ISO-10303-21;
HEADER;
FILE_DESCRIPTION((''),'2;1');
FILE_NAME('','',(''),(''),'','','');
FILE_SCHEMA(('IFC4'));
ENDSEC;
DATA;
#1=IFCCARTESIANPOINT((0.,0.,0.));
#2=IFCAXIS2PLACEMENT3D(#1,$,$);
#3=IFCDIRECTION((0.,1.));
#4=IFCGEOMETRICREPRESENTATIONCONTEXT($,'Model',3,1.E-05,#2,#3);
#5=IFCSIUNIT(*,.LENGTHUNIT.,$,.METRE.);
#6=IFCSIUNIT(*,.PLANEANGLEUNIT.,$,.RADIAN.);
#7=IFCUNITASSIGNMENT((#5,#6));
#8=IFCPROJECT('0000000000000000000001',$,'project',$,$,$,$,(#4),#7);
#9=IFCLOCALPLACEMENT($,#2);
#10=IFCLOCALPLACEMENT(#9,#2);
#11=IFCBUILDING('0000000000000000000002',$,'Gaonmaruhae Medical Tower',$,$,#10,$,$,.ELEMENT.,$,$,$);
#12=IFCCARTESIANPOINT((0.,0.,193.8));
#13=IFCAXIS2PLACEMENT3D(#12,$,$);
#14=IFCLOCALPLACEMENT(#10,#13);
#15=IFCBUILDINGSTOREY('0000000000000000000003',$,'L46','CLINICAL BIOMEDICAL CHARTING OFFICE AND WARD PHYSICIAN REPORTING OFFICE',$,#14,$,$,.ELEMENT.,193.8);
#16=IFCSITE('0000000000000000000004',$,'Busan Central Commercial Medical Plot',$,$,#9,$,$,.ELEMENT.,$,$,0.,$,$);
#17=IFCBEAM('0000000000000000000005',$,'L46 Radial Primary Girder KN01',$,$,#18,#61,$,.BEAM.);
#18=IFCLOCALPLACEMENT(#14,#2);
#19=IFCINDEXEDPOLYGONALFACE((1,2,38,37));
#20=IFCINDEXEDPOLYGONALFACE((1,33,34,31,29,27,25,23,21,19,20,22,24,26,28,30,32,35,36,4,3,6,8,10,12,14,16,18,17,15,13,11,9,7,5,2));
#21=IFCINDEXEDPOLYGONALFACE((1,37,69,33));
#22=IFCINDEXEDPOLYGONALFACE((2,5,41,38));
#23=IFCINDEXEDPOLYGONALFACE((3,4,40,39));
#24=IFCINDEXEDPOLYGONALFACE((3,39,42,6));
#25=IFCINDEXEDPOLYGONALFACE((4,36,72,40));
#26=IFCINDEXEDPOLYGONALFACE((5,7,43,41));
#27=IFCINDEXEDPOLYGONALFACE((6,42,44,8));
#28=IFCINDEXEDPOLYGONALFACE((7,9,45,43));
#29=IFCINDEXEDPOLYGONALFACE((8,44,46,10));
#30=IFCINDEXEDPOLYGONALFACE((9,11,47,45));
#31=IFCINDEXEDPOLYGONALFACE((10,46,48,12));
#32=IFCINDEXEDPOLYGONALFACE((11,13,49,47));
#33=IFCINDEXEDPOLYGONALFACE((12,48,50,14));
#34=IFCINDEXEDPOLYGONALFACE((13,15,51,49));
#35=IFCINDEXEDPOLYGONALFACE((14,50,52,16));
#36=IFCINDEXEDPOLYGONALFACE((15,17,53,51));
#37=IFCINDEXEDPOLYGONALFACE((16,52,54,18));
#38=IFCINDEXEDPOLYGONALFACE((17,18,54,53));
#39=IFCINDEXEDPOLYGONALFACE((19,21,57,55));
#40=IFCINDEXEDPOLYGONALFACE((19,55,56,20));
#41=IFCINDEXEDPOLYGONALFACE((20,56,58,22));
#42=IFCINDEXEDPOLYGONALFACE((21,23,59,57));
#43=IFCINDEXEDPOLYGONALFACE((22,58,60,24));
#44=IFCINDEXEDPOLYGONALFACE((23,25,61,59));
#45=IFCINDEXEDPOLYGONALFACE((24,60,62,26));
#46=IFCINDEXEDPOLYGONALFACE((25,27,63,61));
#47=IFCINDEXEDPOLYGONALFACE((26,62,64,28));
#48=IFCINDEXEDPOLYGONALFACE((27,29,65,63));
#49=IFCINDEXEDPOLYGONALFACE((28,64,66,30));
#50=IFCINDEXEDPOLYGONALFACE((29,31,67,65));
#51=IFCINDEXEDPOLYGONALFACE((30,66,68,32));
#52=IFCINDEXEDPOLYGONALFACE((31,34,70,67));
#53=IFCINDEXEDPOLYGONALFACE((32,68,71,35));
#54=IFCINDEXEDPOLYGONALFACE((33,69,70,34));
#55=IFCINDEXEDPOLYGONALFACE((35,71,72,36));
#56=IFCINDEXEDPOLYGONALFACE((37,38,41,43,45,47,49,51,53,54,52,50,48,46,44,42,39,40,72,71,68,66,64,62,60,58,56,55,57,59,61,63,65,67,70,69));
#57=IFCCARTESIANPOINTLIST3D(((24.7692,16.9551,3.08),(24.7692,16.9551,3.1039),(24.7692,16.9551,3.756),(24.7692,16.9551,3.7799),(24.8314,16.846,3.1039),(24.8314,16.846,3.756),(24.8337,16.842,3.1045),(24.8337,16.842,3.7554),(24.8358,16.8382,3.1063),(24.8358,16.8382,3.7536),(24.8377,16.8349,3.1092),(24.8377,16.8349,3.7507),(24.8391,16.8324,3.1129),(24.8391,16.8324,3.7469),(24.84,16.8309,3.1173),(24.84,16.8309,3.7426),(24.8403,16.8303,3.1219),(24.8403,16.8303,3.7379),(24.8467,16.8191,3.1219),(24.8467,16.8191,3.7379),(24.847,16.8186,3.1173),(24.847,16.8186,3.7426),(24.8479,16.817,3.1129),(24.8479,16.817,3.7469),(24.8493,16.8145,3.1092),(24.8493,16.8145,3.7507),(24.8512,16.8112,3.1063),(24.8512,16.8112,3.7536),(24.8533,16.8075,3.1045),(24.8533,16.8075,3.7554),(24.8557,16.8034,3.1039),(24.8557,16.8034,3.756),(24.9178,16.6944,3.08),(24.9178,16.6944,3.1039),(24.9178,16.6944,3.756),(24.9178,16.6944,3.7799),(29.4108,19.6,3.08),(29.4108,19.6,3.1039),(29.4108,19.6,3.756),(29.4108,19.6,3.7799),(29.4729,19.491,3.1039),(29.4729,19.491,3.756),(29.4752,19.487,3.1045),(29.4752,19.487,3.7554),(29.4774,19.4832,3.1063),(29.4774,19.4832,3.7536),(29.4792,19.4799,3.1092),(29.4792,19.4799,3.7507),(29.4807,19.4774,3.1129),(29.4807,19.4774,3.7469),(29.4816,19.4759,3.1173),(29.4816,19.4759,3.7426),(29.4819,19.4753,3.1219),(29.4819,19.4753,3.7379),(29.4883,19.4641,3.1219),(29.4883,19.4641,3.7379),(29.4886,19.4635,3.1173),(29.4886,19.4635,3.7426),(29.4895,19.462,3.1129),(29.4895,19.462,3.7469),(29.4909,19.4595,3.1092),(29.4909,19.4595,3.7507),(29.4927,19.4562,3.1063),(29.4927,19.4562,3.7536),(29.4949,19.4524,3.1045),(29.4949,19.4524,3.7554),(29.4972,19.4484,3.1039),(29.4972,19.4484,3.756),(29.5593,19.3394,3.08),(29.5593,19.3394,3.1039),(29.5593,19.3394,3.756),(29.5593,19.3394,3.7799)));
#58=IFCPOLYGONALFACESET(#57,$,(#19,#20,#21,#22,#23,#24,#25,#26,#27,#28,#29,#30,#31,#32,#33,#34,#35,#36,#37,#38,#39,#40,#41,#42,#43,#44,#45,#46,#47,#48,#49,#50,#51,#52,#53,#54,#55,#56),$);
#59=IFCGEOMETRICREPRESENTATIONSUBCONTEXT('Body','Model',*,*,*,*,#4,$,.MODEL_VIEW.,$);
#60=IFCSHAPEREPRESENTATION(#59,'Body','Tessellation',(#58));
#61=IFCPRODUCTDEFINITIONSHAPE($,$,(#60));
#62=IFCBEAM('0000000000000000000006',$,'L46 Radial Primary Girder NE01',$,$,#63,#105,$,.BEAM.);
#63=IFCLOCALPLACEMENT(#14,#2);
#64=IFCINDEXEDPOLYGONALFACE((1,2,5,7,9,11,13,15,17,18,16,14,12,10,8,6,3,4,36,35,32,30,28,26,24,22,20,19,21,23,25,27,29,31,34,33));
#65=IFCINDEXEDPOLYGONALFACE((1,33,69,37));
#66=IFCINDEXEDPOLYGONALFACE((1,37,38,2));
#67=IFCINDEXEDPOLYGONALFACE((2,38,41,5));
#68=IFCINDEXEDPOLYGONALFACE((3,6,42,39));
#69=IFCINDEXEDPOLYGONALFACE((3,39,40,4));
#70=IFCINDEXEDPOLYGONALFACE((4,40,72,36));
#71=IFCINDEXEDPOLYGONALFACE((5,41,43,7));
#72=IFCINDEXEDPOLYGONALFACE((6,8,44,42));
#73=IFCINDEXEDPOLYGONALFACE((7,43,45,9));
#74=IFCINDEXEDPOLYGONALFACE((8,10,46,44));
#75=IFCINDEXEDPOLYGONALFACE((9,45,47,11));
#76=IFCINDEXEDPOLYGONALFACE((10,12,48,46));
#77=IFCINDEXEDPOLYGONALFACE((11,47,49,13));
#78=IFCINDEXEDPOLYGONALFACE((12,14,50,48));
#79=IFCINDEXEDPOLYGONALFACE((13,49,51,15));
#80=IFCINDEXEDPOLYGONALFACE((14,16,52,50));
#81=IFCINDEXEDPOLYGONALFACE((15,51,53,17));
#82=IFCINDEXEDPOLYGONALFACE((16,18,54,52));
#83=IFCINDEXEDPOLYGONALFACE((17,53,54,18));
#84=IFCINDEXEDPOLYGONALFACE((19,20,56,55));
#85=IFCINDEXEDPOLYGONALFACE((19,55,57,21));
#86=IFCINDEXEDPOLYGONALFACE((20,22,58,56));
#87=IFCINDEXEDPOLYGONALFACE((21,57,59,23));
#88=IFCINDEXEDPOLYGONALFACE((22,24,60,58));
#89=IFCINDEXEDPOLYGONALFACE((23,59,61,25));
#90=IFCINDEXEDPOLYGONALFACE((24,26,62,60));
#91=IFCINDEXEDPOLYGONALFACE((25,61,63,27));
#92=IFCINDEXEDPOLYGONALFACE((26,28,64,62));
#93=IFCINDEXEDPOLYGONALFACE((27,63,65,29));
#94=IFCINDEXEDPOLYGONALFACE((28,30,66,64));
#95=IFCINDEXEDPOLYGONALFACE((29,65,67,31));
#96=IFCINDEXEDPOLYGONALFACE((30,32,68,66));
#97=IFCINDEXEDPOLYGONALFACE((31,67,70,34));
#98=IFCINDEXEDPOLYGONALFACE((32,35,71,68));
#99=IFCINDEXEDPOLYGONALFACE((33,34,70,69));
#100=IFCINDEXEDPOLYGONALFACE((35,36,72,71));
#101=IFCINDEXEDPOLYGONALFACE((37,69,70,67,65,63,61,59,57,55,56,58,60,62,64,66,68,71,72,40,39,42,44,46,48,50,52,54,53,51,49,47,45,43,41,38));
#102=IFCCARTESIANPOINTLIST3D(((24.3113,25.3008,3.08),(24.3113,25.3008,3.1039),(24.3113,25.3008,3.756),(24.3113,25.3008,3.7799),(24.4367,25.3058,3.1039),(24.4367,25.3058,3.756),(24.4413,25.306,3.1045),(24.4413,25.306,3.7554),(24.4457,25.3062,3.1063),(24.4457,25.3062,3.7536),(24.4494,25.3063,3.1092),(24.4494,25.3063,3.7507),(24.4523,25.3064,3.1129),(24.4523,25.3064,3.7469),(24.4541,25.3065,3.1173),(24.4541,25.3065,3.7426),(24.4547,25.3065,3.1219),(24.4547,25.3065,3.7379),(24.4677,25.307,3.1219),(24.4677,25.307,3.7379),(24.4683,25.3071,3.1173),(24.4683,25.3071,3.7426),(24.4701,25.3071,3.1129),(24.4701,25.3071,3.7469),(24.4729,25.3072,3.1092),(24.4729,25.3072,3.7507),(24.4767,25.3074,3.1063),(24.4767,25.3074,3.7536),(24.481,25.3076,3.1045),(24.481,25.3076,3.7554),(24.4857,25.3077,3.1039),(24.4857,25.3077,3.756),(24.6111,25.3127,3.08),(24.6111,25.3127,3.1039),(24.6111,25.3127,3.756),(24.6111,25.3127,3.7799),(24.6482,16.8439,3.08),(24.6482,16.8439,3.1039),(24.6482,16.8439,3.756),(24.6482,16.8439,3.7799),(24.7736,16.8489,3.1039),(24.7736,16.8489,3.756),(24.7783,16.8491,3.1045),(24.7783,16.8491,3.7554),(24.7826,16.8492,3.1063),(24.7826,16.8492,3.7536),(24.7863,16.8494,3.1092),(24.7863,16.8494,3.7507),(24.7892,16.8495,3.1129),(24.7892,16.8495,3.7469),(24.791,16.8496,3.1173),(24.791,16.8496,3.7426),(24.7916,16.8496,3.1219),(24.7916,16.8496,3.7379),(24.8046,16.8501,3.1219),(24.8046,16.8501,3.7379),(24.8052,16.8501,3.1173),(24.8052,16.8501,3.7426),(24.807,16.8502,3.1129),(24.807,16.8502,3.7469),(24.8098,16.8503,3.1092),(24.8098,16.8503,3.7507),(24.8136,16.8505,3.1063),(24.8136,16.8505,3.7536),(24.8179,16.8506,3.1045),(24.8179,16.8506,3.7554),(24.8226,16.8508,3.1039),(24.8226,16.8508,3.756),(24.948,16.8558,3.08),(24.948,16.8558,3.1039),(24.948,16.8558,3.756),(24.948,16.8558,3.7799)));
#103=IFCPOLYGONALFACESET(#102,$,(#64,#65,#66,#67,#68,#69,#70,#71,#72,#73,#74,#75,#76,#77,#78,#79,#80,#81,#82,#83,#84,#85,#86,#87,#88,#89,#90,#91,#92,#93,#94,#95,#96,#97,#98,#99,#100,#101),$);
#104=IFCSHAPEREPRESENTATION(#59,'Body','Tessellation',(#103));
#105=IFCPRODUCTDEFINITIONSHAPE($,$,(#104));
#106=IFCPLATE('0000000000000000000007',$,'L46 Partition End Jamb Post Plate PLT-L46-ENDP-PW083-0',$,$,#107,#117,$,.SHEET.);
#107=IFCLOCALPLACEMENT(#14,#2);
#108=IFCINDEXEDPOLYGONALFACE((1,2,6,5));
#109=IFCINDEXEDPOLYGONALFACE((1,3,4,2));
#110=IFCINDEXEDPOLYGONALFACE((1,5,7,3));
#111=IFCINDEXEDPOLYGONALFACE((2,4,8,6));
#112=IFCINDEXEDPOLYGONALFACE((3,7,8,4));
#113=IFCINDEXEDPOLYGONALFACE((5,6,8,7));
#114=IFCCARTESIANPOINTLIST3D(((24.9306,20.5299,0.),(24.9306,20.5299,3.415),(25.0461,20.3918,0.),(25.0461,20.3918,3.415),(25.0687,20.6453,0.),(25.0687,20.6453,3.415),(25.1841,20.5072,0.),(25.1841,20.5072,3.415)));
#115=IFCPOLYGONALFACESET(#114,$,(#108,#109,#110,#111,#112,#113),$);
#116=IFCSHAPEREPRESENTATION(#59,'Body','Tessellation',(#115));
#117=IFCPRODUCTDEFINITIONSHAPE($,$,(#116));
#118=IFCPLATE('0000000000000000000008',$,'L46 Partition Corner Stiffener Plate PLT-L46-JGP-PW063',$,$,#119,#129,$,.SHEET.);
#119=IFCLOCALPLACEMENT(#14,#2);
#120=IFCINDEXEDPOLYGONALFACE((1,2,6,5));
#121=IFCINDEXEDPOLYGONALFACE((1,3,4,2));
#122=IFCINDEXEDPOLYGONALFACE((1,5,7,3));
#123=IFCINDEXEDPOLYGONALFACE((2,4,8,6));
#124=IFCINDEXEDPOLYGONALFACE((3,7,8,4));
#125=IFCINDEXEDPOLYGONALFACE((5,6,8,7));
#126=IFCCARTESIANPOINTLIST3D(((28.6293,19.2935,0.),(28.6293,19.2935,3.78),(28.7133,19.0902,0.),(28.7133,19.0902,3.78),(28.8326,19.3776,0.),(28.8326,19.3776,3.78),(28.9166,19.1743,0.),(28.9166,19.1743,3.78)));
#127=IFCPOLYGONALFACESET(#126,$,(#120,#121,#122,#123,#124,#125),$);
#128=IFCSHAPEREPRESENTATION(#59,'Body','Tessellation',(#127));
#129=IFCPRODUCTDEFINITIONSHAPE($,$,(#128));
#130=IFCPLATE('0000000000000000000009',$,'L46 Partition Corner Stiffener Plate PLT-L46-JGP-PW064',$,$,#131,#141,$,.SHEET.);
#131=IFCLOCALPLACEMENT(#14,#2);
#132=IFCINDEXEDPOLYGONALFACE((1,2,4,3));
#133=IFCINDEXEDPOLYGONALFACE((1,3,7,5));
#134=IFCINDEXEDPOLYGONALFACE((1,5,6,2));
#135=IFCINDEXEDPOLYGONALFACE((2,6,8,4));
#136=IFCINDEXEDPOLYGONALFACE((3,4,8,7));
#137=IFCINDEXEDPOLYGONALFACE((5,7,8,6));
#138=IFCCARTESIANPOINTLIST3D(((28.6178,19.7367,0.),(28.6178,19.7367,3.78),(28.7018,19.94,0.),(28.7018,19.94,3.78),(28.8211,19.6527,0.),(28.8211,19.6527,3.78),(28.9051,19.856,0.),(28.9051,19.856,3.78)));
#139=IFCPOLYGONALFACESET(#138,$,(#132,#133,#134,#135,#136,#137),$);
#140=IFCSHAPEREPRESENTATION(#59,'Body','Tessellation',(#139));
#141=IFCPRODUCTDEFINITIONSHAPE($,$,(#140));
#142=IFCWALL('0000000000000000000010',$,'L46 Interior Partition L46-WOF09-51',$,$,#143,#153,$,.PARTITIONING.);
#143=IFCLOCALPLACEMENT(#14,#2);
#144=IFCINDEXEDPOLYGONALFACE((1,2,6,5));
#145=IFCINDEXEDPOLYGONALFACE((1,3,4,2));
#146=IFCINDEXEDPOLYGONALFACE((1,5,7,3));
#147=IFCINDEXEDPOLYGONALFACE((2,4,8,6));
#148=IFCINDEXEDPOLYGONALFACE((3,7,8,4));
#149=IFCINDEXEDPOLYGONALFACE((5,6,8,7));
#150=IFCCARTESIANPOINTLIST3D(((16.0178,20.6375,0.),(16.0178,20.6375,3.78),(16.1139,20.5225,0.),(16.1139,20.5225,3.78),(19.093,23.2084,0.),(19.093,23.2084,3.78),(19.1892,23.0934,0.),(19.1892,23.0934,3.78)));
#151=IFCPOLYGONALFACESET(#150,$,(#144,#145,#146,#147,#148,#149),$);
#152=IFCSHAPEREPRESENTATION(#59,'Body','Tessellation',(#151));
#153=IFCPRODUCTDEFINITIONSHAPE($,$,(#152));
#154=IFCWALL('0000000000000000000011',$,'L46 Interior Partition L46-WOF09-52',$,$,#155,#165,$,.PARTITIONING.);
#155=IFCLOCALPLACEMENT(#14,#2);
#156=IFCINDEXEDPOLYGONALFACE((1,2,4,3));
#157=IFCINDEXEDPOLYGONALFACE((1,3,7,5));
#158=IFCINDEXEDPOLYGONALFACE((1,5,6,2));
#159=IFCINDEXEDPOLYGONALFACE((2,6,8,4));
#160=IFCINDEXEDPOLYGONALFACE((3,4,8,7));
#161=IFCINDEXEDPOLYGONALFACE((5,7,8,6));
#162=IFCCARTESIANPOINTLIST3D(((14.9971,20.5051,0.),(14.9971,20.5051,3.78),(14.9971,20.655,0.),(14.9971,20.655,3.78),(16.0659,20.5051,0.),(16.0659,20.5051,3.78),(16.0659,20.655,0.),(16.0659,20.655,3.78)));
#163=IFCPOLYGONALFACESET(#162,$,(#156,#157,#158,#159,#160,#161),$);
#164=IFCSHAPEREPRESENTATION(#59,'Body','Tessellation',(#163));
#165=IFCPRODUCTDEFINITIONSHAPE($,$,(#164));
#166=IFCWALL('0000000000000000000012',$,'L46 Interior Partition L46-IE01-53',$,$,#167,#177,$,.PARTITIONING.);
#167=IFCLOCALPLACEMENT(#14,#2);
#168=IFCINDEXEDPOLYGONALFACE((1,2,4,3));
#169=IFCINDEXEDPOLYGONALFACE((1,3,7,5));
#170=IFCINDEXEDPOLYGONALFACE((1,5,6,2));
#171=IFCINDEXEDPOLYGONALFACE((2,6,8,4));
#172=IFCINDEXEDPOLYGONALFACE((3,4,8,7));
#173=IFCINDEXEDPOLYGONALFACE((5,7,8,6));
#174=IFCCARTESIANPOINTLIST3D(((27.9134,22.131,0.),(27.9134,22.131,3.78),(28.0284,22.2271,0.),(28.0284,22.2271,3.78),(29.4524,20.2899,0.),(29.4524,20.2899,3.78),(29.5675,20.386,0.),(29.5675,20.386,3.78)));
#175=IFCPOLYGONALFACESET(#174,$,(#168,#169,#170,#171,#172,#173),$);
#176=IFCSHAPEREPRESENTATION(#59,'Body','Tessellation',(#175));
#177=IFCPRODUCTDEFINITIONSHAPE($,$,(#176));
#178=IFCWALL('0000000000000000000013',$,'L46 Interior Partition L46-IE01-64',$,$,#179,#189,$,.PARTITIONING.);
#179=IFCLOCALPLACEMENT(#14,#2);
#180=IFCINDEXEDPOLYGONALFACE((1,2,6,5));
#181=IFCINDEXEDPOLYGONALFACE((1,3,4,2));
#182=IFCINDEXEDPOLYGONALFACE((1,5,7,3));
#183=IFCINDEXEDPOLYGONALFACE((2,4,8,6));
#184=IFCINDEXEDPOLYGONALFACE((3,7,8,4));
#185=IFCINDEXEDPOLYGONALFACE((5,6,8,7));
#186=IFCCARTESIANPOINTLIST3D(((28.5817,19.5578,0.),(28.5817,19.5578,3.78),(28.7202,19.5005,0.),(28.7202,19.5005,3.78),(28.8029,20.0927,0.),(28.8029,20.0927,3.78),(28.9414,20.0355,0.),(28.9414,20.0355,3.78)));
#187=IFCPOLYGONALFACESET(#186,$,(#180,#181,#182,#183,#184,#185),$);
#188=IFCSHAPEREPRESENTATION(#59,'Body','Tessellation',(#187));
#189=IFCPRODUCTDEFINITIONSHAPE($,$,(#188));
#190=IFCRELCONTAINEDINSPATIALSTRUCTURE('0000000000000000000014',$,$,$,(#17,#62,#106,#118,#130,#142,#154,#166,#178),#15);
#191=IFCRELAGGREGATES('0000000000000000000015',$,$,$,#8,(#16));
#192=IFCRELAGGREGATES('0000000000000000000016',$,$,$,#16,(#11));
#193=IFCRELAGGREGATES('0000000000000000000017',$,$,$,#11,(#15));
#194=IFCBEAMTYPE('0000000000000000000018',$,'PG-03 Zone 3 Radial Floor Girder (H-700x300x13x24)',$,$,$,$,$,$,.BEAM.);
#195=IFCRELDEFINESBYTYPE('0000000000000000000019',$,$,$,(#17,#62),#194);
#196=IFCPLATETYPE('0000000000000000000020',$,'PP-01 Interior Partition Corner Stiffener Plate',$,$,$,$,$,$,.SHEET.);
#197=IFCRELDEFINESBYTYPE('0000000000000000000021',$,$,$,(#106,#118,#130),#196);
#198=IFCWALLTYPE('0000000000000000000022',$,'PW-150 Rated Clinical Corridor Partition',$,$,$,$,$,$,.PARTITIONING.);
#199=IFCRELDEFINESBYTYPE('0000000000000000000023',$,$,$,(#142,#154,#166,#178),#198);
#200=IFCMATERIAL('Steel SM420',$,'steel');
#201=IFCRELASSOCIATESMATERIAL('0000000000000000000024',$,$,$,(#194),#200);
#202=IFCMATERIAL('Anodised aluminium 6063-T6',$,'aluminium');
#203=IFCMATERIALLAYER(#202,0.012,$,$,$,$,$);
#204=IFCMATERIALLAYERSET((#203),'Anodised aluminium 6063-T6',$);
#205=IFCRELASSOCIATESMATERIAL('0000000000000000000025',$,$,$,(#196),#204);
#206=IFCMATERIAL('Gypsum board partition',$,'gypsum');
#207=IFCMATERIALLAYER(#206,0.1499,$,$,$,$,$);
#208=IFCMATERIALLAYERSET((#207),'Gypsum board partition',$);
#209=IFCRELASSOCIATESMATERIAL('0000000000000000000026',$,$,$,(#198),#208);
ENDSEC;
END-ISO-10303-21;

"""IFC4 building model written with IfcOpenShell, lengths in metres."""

from ifc_helpers import new_model, si_unit, direction, frame, frame_2d, origin, origin_2d, place, context, subcontext, project, spatial, rectangle, i_section, extrude, material, layer, layer_set, material_profile, profile_set, type_object, element, save


model = new_model("IFC4")

# Units and contexts
model_context = context("Model", 3, precision=1e-05, world=origin(), true_north=direction((0.0, 1.0)))
body_context = subcontext(model_context, "Body", "Model", "MODEL_VIEW")
ifc_project = project(units=[si_unit("LENGTHUNIT", "METRE"), si_unit("PLANEANGLEUNIT", "RADIAN")], contexts=[model_context])

# Site, building, storey
site_placement = place(None, origin())
site = spatial("IfcSite", under=ifc_project, at=site_placement, Name="Busan Central Commercial Medical Plot", CompositionType="ELEMENT", RefElevation=0.0)
building_placement = place(site_placement, origin())
building = spatial("IfcBuilding", under=site, at=building_placement, Name="Gaonmaruhae Medical Tower", CompositionType="ELEMENT")
storey_placement = place(building_placement, frame((0.0, 0.0, 193.8)))
storey = spatial("IfcBuildingStorey", under=building, at=storey_placement, Name="L46", Description="CLINICAL BIOMEDICAL CHARTING OFFICE AND WARD PHYSICIAN REPORTING OFFICE", CompositionType="ELEMENT", Elevation=193.8)

# Beams
ifc_material_1 = material(Name="Steel SM420", Category="steel")
ifc_material_profile_1 = material_profile(ifc_material_1, i_section(OverallWidth=0.3, OverallDepth=0.7, WebThickness=0.0129, FlangeThickness=0.0239, FilletRadius=0.0181, at=origin_2d()), Name="H-700x300x13x24")
ifc_profile_set_1 = profile_set([ifc_material_profile_1], Name="Steel SM420")
beam_type_1 = type_object("IfcBeamType", Name="PG-03 Zone 3 Radial Floor Girder (H-700x300x13x24)", PredefinedType="BEAM", material=ifc_profile_set_1)
beam_1_placement = place(storey_placement, frame((24.8435, 16.8247, 3.4299), z_axis=(0.868833, 0.495105, 0.0), x_axis=(-0.495105, 0.868833, 0.0)))
element("IfcBeam", 1, at=beam_1_placement, inside=storey, type_object=beam_type_1, Name="L46 Radial Primary Girder KN01", PredefinedType="BEAM", context=body_context, shape_type="SweptSolid", body=[
    extrude(i_section(OverallWidth=0.3, OverallDepth=0.7, WebThickness=0.0129, FlangeThickness=0.0239, FilletRadius=0.0181, at=origin_2d()), origin(), (0.0, 0.0, 1.0), 5.3423),
])
beam_2_placement = place(storey_placement, frame((24.7981, 16.8499, 3.4299), z_axis=(-0.039807, 0.999207, 0.0), x_axis=(-0.999207, -0.039807, 0.0)))
element("IfcBeam", 2, at=beam_2_placement, inside=storey, type_object=beam_type_1, Name="L46 Radial Primary Girder NE01", PredefinedType="BEAM", context=body_context, shape_type="SweptSolid", body=[
    extrude(i_section(OverallWidth=0.3, OverallDepth=0.7, WebThickness=0.0129, FlangeThickness=0.0239, FilletRadius=0.0181, at=origin_2d()), origin(), (0.0, 0.0, 1.0), 8.4636),
])

# Plates
ifc_material_2 = material(Name="Anodised aluminium 6063-T6", Category="aluminium")
ifc_layer_1 = layer(ifc_material_2, 0.012)
ifc_layer_set_1 = layer_set([ifc_layer_1], Name="Anodised aluminium 6063-T6")
plate_type = type_object("IfcPlateType", Name="PP-01 Interior Partition Corner Stiffener Plate", PredefinedType="SHEET", material=ifc_layer_set_1)
plate_placement = place(storey_placement, frame((25.0574, 20.5186, 0.0), z_axis=(0.0, 0.0, 1.0), x_axis=(-0.641436, 0.767176, 0.0)))
element("IfcPlate", 3, at=plate_placement, inside=storey, type_object=plate_type, Name="L46 Partition End Jamb Post Plate PLT-L46-ENDP-PW083-0", PredefinedType="SHEET", context=body_context, shape_type="SweptSolid", body=[
    extrude(rectangle(XDim=0.1799, YDim=0.1799, at=origin_2d()), origin(), (0.0, 0.0, 1.0), 3.415),
])
for number, where, z_axis, x_axis, name in (
    (4, (28.7729, 19.2339, 0.0), (0.0, 0.0, 1.0), (-0.382167, 0.924093, 0.0), "L46 Partition Corner Stiffener Plate PLT-L46-JGP-PW063"),
    (5, (28.7615, 19.7964, 0.0), (0.0, 0.0, 1.0), (0.381796, 0.924246, 0.0), "L46 Partition Corner Stiffener Plate PLT-L46-JGP-PW064"),
):
    element("IfcPlate", number, at=place(storey_placement, frame(where, z_axis=z_axis, x_axis=x_axis)), inside=storey, type_object=plate_type, Name=name, PredefinedType="SHEET", context=body_context, shape_type="SweptSolid", body=[
        extrude(rectangle(XDim=0.22, YDim=0.22, at=origin_2d()), origin(), (0.0, 0.0, 1.0), 3.78),
    ])

# Walls
ifc_material_3 = material(Name="Gypsum board partition", Category="gypsum")
ifc_layer_2 = layer(ifc_material_3, 0.1499)
ifc_layer_set_2 = layer_set([ifc_layer_2], Name="Gypsum board partition")
wall_type = type_object("IfcWallType", Name="PW-150 Rated Clinical Corridor Partition", PredefinedType="PARTITIONING", material=ifc_layer_set_2)
wall_1_placement = place(storey_placement, frame((19.1411, 23.1509, 0.0), z_axis=(0.0, 0.0, 1.0), x_axis=(-0.767222, -0.641382, 0.0)))
element("IfcWall", 6, at=wall_1_placement, inside=storey, type_object=wall_type, Name="L46 Interior Partition L46-WOF09-51", PredefinedType="PARTITIONING", context=body_context, shape_type="SweptSolid", body=[
    extrude(rectangle(XDim=4.0083, YDim=0.1499, at=frame_2d((2.0042, 0.0))), origin(), (0.0, 0.0, 1.0), 3.78),
])
wall_2_placement = place(storey_placement, frame((16.0659, 20.5801, 0.0), z_axis=(0.0, 0.0, 1.0), x_axis=(-1.0, 0.0, 0.0)))
element("IfcWall", 7, at=wall_2_placement, inside=storey, type_object=wall_type, Name="L46 Interior Partition L46-WOF09-52", PredefinedType="PARTITIONING", context=body_context, shape_type="SweptSolid", body=[
    extrude(rectangle(XDim=1.0688, YDim=0.1499, at=frame_2d((0.5344, 0.0))), origin(), (0.0, 0.0, 1.0), 3.78),
])
wall_3_placement = place(storey_placement, frame((27.9709, 22.179, 0.0), z_axis=(0.0, 0.0, 1.0), x_axis=(0.641374, -0.767228, 0.0)))
element("IfcWall", 8, at=wall_3_placement, inside=storey, type_object=wall_type, Name="L46 Interior Partition L46-IE01-53", PredefinedType="PARTITIONING", context=body_context, shape_type="SweptSolid", body=[
    extrude(rectangle(XDim=2.3997, YDim=0.1499, at=frame_2d((1.1997, 0.0))), origin(), (0.0, 0.0, 1.0), 3.78),
])
wall_4_placement = place(storey_placement, frame((28.6509, 19.5291, 0.0), z_axis=(0.0, 0.0, 1.0), x_axis=(0.382128, 0.924109, 0.0)))
element("IfcWall", 9, at=wall_4_placement, inside=storey, type_object=wall_type, Name="L46 Interior Partition L46-IE01-64", PredefinedType="PARTITIONING", context=body_context, shape_type="SweptSolid", body=[
    extrude(rectangle(XDim=0.5789, YDim=0.1499, at=frame_2d((0.2896, 0.0))), origin(), (0.0, 0.0, 1.0), 3.78),
])

save(model, "model.ifc")
